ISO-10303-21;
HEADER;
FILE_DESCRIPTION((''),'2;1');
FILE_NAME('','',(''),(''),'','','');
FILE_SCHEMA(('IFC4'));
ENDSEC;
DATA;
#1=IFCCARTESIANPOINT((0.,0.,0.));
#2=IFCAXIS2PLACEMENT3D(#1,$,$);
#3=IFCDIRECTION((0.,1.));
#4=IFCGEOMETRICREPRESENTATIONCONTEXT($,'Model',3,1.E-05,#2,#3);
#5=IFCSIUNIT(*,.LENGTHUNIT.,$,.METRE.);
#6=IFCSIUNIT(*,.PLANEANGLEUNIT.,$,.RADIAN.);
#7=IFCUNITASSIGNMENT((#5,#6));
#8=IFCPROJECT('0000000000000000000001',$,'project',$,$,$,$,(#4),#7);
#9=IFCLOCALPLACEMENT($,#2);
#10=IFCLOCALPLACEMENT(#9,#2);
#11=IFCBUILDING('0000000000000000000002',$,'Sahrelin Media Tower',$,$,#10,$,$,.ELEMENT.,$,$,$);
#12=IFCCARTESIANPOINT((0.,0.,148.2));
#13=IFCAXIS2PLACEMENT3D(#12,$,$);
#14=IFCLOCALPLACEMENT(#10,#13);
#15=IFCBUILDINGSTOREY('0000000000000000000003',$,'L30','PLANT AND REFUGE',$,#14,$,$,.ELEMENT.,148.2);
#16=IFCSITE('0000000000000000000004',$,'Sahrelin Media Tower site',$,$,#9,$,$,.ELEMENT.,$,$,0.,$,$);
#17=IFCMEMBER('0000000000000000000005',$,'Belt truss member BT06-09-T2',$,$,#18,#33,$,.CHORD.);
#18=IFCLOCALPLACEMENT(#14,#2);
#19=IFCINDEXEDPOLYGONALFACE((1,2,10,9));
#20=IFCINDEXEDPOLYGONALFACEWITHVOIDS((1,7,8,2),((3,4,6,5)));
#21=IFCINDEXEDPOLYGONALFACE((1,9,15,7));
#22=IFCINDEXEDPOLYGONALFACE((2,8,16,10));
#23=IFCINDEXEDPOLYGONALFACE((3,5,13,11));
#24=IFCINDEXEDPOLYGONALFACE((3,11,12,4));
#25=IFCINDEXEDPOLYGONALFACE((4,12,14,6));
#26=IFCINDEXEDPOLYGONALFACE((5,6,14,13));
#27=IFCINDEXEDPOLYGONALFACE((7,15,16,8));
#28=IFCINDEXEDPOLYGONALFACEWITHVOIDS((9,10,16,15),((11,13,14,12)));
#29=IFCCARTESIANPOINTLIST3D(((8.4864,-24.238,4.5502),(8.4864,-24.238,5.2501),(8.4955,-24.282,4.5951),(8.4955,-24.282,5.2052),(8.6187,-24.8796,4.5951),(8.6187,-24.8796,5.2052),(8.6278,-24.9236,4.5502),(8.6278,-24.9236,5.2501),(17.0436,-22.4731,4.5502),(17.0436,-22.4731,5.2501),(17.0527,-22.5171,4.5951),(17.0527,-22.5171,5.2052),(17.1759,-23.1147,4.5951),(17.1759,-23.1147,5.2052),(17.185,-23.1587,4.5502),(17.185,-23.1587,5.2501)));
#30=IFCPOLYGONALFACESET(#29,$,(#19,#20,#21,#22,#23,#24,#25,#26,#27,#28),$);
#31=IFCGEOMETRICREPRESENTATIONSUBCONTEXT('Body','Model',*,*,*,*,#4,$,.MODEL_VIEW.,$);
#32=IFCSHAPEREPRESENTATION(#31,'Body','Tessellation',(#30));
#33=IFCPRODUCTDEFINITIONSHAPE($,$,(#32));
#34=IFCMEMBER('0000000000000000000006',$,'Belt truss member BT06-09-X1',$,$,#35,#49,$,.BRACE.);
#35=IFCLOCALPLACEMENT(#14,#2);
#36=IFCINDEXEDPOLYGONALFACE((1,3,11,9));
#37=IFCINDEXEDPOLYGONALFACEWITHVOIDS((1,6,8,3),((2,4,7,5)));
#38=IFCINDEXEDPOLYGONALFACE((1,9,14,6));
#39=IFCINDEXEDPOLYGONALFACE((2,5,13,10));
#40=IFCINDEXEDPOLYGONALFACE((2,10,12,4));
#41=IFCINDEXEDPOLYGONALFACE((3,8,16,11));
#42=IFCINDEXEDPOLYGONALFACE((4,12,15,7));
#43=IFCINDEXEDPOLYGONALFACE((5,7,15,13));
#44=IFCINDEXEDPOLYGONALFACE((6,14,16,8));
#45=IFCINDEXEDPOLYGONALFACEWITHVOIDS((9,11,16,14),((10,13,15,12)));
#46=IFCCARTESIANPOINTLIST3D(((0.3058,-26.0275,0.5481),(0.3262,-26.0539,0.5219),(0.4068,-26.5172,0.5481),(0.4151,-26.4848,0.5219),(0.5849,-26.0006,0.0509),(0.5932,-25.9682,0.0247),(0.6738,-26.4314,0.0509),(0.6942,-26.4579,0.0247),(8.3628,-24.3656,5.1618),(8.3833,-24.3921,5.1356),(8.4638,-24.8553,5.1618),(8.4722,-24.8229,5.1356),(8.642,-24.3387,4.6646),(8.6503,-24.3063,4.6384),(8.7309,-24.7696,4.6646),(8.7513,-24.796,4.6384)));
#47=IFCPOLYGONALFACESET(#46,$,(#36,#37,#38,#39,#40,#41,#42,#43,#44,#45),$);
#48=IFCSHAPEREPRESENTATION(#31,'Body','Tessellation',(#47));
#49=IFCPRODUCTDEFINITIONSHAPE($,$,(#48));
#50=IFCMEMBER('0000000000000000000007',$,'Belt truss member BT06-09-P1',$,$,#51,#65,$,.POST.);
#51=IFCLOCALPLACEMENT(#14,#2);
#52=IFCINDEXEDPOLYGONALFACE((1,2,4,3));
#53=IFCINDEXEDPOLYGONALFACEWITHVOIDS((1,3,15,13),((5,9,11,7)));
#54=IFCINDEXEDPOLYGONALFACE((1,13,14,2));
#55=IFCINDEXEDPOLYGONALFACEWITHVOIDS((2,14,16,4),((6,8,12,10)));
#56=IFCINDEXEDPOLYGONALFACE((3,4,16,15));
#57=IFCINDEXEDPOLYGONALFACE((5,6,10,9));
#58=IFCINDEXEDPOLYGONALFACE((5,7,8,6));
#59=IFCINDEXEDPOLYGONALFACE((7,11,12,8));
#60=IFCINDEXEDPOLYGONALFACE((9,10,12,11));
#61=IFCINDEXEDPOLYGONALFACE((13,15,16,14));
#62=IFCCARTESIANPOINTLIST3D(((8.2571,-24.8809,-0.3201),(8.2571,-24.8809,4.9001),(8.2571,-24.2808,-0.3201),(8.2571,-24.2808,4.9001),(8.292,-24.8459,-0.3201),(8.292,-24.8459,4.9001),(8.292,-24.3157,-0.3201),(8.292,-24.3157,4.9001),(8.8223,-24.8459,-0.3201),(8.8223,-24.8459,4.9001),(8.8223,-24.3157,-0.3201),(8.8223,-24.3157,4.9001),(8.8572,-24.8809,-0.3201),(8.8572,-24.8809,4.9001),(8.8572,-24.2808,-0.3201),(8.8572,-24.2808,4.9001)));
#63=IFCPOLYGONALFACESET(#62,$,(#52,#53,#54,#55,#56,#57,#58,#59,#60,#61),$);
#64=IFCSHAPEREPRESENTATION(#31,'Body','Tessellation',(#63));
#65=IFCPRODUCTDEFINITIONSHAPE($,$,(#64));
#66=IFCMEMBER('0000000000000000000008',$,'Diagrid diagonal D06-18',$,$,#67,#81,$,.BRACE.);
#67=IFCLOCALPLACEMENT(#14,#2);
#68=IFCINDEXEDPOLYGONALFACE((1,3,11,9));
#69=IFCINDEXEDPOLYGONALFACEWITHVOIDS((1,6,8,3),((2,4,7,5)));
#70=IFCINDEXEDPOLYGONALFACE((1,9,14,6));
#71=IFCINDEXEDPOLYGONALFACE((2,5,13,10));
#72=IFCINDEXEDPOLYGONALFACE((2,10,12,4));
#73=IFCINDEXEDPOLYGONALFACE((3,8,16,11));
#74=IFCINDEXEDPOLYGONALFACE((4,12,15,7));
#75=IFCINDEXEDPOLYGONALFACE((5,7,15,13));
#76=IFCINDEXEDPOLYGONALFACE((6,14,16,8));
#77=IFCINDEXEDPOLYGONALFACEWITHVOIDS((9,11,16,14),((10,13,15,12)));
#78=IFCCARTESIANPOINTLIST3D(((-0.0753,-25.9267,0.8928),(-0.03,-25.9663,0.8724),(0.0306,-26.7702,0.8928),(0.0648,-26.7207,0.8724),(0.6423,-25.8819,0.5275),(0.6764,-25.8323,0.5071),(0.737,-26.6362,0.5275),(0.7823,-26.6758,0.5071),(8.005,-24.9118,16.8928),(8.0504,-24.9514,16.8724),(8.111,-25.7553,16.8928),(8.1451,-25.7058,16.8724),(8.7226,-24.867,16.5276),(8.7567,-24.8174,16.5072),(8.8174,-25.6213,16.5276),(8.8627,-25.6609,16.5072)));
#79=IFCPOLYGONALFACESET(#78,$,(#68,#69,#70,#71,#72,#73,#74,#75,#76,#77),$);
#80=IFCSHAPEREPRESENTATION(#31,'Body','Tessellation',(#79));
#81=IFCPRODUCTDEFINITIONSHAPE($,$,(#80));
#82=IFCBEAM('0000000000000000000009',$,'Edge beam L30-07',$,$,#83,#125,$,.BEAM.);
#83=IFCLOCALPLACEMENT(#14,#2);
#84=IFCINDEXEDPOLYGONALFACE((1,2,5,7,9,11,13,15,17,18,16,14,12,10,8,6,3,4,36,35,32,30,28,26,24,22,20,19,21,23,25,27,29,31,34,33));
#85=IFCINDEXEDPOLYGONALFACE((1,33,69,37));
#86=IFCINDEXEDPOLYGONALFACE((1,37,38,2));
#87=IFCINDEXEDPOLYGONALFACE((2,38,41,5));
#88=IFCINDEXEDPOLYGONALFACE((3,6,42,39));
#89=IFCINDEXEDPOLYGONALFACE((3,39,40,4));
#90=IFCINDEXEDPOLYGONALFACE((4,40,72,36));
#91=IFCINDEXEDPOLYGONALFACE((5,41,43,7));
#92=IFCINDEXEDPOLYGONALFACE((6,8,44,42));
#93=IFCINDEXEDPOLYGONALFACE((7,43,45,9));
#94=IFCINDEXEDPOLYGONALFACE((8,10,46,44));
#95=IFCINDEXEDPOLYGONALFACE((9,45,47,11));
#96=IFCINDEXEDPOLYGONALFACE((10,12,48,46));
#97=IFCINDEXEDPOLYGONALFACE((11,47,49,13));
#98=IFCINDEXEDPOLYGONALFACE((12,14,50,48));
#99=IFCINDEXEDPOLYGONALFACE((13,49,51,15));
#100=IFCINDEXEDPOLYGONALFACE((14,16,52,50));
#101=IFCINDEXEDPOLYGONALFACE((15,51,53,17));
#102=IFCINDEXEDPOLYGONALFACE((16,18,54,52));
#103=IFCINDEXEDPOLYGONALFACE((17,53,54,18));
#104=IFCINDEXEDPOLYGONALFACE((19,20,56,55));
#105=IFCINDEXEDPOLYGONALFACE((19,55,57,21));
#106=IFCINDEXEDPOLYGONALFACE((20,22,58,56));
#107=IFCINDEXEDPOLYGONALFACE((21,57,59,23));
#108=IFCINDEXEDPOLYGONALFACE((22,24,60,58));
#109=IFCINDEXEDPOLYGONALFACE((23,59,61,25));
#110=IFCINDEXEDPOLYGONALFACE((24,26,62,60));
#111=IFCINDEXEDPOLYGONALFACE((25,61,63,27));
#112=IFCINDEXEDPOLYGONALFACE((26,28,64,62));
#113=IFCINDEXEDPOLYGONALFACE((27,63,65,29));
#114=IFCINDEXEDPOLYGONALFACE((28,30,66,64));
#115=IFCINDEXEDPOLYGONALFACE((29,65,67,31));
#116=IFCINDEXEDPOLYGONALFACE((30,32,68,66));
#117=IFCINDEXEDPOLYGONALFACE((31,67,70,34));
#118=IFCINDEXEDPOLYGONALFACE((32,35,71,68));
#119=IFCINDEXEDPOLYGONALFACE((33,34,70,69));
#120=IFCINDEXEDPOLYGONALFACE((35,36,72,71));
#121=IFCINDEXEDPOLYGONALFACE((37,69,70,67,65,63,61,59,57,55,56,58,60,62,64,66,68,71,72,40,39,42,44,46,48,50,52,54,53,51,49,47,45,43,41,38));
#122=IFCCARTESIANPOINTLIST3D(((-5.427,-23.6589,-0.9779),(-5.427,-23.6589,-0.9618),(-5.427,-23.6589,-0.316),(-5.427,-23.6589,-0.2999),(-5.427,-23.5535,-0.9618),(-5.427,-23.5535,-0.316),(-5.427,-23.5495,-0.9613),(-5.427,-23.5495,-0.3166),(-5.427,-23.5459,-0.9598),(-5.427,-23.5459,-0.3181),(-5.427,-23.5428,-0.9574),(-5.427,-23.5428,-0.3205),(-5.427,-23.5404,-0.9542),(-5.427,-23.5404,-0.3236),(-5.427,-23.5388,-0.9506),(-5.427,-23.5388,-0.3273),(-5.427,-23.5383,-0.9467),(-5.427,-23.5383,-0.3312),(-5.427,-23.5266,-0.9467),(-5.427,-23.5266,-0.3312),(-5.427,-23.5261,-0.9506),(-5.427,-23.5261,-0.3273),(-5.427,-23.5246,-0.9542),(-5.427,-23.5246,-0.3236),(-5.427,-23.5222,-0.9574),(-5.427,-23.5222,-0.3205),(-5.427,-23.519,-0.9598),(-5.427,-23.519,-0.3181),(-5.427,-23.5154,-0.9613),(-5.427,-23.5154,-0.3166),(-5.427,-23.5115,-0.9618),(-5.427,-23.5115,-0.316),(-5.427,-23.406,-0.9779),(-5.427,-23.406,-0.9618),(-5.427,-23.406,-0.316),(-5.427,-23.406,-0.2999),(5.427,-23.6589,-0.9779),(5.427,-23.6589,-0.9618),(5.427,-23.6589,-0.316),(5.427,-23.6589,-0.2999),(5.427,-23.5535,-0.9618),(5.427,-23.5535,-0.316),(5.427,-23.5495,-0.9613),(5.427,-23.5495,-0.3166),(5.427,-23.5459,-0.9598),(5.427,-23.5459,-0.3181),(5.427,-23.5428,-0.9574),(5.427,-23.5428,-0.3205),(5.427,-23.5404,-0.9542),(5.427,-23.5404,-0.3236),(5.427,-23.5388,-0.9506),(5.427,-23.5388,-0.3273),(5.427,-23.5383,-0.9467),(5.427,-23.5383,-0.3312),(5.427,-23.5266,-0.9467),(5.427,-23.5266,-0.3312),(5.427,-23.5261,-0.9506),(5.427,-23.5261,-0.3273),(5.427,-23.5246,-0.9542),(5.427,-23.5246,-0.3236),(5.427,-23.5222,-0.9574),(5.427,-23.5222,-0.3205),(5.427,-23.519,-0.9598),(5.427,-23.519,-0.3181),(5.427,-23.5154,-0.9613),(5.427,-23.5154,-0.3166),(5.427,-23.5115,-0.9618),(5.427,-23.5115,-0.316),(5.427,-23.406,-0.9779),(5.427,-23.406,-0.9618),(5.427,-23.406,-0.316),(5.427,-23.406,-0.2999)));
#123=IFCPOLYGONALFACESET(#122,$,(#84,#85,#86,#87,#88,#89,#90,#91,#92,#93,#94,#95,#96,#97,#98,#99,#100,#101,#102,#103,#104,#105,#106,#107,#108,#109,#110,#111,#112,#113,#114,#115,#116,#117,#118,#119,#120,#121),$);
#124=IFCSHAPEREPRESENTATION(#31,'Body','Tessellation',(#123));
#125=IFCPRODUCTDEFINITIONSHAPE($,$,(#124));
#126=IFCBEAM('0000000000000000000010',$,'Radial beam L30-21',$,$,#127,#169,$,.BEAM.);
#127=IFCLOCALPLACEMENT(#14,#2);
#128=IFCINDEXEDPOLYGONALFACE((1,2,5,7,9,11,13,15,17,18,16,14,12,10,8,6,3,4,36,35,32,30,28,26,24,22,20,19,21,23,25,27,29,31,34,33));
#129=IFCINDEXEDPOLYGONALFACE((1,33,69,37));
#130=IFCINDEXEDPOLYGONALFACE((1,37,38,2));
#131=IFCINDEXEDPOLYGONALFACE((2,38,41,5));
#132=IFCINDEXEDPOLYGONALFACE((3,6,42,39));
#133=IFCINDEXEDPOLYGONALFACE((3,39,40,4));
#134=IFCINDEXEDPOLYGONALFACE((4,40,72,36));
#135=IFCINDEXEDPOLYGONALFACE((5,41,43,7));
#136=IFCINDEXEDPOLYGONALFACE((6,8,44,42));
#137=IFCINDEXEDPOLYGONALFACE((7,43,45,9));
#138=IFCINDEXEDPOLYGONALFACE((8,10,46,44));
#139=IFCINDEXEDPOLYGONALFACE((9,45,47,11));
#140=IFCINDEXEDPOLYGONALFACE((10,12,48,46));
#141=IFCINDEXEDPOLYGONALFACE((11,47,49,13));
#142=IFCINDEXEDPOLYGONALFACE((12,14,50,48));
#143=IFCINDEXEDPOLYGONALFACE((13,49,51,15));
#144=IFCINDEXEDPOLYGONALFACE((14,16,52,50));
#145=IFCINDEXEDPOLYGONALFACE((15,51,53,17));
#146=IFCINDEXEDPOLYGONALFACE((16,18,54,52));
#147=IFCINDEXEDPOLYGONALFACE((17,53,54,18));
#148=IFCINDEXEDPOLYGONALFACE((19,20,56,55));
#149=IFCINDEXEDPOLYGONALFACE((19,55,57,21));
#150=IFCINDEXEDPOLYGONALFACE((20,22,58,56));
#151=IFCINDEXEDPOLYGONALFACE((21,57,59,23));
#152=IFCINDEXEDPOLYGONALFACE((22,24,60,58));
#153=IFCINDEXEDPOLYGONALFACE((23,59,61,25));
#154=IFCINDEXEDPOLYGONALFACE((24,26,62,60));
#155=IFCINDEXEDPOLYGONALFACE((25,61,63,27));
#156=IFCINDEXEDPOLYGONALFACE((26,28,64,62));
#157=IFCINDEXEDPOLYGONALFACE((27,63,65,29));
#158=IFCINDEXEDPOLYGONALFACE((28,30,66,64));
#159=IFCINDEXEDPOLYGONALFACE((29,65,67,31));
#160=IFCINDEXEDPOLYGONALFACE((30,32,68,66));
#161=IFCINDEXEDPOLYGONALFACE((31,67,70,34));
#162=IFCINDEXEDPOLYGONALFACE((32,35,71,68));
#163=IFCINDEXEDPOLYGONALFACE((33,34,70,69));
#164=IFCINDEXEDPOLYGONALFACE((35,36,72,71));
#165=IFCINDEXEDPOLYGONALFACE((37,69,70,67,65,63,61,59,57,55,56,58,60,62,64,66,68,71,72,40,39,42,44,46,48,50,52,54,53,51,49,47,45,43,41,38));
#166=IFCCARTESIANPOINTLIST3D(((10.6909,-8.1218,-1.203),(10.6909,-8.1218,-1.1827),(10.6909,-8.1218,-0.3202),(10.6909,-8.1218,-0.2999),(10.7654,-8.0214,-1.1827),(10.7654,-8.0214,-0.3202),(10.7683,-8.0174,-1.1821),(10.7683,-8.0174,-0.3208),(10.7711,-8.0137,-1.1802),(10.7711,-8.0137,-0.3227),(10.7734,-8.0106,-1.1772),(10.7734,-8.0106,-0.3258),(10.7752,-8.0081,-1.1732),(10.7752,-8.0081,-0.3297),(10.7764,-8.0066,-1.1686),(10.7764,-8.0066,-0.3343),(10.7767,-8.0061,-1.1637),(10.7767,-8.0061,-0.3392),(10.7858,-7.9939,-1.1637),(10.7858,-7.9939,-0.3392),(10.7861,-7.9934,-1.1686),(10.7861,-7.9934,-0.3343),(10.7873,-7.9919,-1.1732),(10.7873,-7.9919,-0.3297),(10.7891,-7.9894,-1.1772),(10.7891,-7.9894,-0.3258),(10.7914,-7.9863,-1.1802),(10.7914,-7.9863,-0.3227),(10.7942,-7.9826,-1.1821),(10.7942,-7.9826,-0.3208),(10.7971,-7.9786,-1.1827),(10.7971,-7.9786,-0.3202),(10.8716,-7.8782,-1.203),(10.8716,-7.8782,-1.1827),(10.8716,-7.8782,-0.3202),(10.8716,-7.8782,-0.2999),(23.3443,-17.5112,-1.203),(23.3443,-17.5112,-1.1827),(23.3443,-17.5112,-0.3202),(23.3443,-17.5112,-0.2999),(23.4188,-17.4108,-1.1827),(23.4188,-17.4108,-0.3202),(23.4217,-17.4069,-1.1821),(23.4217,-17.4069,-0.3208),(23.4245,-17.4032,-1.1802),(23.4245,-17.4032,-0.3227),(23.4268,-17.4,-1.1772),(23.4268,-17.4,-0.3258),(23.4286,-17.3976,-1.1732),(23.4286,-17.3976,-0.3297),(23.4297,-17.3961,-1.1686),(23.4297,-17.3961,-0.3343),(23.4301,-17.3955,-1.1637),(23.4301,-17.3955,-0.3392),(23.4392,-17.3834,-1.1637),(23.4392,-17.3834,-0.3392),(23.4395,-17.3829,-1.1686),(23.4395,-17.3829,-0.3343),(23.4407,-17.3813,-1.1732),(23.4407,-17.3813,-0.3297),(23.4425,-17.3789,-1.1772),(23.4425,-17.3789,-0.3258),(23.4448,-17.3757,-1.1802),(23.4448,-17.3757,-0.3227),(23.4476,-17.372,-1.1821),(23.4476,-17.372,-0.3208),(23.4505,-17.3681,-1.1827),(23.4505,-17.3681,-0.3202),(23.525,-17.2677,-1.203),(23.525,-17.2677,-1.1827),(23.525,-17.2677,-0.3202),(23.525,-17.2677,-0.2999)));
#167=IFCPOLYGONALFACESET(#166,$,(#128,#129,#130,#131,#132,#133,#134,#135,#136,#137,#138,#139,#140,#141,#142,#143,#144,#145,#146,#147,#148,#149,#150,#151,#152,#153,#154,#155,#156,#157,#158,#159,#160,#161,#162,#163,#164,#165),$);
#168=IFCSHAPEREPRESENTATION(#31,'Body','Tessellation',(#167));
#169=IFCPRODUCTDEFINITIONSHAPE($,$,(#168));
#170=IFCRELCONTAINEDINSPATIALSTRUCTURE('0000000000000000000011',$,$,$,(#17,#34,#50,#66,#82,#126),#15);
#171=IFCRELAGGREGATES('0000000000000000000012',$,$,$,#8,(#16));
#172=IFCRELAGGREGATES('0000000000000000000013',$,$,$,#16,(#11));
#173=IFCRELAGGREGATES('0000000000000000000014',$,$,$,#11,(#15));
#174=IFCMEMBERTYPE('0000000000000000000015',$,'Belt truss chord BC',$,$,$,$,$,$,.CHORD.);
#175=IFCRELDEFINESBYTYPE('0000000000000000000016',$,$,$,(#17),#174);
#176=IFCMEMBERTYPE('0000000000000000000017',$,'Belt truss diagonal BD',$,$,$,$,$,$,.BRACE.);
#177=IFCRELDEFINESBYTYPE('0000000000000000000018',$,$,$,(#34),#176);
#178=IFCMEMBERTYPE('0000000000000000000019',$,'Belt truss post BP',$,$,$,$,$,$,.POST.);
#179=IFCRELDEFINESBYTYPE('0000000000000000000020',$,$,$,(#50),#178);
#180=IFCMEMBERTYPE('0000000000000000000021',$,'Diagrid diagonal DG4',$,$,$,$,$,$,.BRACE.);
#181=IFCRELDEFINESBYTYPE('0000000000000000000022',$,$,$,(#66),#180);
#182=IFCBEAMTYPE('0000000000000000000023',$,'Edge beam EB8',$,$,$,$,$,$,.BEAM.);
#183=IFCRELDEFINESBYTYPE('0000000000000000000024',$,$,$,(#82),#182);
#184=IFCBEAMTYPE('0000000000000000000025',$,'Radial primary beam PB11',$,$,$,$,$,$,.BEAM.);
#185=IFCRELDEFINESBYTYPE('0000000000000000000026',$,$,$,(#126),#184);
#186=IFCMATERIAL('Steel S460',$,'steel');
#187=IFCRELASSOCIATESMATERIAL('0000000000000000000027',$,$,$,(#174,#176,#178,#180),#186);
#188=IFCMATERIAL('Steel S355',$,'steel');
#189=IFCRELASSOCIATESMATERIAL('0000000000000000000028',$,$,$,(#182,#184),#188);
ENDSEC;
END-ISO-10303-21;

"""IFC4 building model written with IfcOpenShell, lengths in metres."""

from ifc_helpers import new_model, si_unit, direction, frame, origin, origin_2d, place, context, subcontext, project, spatial, hollow_rectangle, i_section, extrude, material, material_profile, profile_set, type_object, element, save


model = new_model("IFC4")

# Units and contexts
model_context = context("Model", 3, precision=1e-05, world=origin(), true_north=direction((0.0, 1.0)))
body_context = subcontext(model_context, "Body", "Model", "MODEL_VIEW")
ifc_project = project(units=[si_unit("LENGTHUNIT", "METRE"), si_unit("PLANEANGLEUNIT", "RADIAN")], contexts=[model_context])

# Site, building, storey
site_placement = place(None, origin())
site = spatial("IfcSite", under=ifc_project, at=site_placement, Name="Sahrelin Media Tower site", CompositionType="ELEMENT", RefElevation=0.0)
building_placement = place(site_placement, origin())
building = spatial("IfcBuilding", under=site, at=building_placement, Name="Sahrelin Media Tower", CompositionType="ELEMENT")
storey_placement = place(building_placement, frame((0.0, 0.0, 148.2)))
storey = spatial("IfcBuildingStorey", under=building, at=storey_placement, Name="L30", Description="PLANT AND REFUGE", CompositionType="ELEMENT", Elevation=148.2)

# Members
ifc_material_1 = material(Name="Steel S460", Category="steel")
ifc_material_profile_1 = material_profile(ifc_material_1, hollow_rectangle(XDim=0.7, YDim=0.7, WallThickness=0.0449, at=origin_2d()), Name="Belt truss chord BC")
ifc_profile_set_1 = profile_set([ifc_material_profile_1], Name="Steel S460")
member_type_1 = type_object("IfcMemberType", Name="Belt truss chord BC", PredefinedType="CHORD", material=ifc_profile_set_1)
member_1_placement = place(storey_placement, frame((8.5571, -24.5808, 4.9001), z_axis=(0.979386, 0.201997, 0.0), x_axis=(-0.201997, 0.979386, 0.0)))
element("IfcMember", 1, at=member_1_placement, inside=storey, type_object=member_type_1, Name="Belt truss member BT06-09-T2", PredefinedType="CHORD", context=body_context, shape_type="SweptSolid", body=[
    extrude(hollow_rectangle(XDim=0.7, YDim=0.7, WallThickness=0.0449, at=origin_2d()), origin(), (0.0, 0.0, 1.0), 8.7373),
])
ifc_material_profile_2 = material_profile(ifc_material_1, hollow_rectangle(XDim=0.5, YDim=0.6001, WallThickness=0.03, at=origin_2d()), Name="Belt truss diagonal BD")
ifc_profile_set_2 = profile_set([ifc_material_profile_2], Name="Steel S460")
member_type_2 = type_object("IfcMemberType", Name="Belt truss diagonal BD", PredefinedType="BRACE", material=ifc_profile_set_2)
member_2_placement = place(storey_placement, frame((0.5, -26.2427, 0.2864), z_axis=(0.854217, 0.176191, 0.489152), x_axis=(-0.202008, 0.979384, 0.0)))
element("IfcMember", 2, at=member_2_placement, inside=storey, type_object=member_type_2, Name="Belt truss member BT06-09-X1", PredefinedType="BRACE", context=body_context, shape_type="SweptSolid", body=[
    extrude(hollow_rectangle(XDim=0.5, YDim=0.6001, WallThickness=0.03, at=origin_2d()), origin(), (0.0, 0.0, 1.0), 9.4321),
])
ifc_material_profile_3 = material_profile(ifc_material_1, hollow_rectangle(XDim=0.6001, YDim=0.6001, WallThickness=0.0349, at=origin_2d()), Name="Belt truss post BP")
ifc_profile_set_3 = profile_set([ifc_material_profile_3], Name="Steel S460")
member_type_3 = type_object("IfcMemberType", Name="Belt truss post BP", PredefinedType="POST", material=ifc_profile_set_3)
member_3_placement = place(storey_placement, frame((8.5571, -24.5808, -0.3201), z_axis=(0.0, 0.0, 1.0), x_axis=(1.0, 0.0, 0.0)))
element("IfcMember", 3, at=member_3_placement, inside=storey, type_object=member_type_3, Name="Belt truss member BT06-09-P1", PredefinedType="POST", context=body_context, shape_type="SweptSolid", body=[
    extrude(hollow_rectangle(XDim=0.6001, YDim=0.6001, WallThickness=0.0349, at=origin_2d()), origin(), (0.0, 0.0, 1.0), 5.2202),
])
ifc_material_profile_4 = material_profile(ifc_material_1, hollow_rectangle(XDim=0.8501, YDim=0.8501, WallThickness=0.0449, at=origin_2d()), Name="Diagrid diagonal DG4")
ifc_profile_set_4 = profile_set([ifc_material_profile_4], Name="Steel S460")
member_type_4 = type_object("IfcMemberType", Name="Diagrid diagonal DG4", PredefinedType="BRACE", material=ifc_profile_set_4)
member_4_placement = place(storey_placement, frame((0.3535, -26.3013, 0.7), z_axis=(0.450074, 0.05653, 0.8912), x_axis=(-0.124621, 0.992204, 0.0)))
element("IfcMember", 4, at=member_4_placement, inside=storey, type_object=member_type_4, Name="Diagrid diagonal D06-18", PredefinedType="BRACE", context=body_context, shape_type="SweptSolid", body=[
    extrude(hollow_rectangle(XDim=0.8501, YDim=0.8501, WallThickness=0.0449, at=origin_2d()), origin(), (0.0, 0.0, 1.0), 17.9534),
])

# Beams
ifc_material_2 = material(Name="Steel S355", Category="steel")
ifc_material_profile_5 = material_profile(ifc_material_2, i_section(OverallWidth=0.2529, OverallDepth=0.678, WebThickness=0.0117, FlangeThickness=0.0161, FilletRadius=0.0151, at=origin_2d()), Name="UB 686x254x125")
ifc_profile_set_5 = profile_set([ifc_material_profile_5], Name="Steel S355")
beam_type_1 = type_object("IfcBeamType", Name="Edge beam EB8", PredefinedType="BEAM", material=ifc_profile_set_5)
beam_1_placement = place(storey_placement, frame((5.427, -23.5325, -0.6389), z_axis=(-1.0, 0.0, 0.0), x_axis=(0.0, -1.0, 0.0)))
element("IfcBeam", 5, at=beam_1_placement, inside=storey, type_object=beam_type_1, Name="Edge beam L30-07", PredefinedType="BEAM", context=body_context, shape_type="SweptSolid", body=[
    extrude(i_section(OverallWidth=0.2529, OverallDepth=0.678, WebThickness=0.0117, FlangeThickness=0.0161, FilletRadius=0.0151, at=origin_2d()), origin(), (0.0, 0.0, 1.0), 10.854),
])
ifc_material_profile_6 = material_profile(ifc_material_2, i_section(OverallWidth=0.3032, OverallDepth=0.9031, WebThickness=0.0151, FlangeThickness=0.0203, FilletRadius=0.019, at=origin_2d()), Name="UB 914x305x201")
ifc_profile_set_6 = profile_set([ifc_material_profile_6], Name="Steel S355")
beam_type_2 = type_object("IfcBeamType", Name="Radial primary beam PB11", PredefinedType="BEAM", material=ifc_profile_set_6)
beam_2_placement = place(storey_placement, frame((10.7812, -8.0, -0.7515), z_axis=(0.803054, -0.595907, 0.0), x_axis=(0.595907, 0.803054, 0.0)))
element("IfcBeam", 6, at=beam_2_placement, inside=storey, type_object=beam_type_2, Name="Radial beam L30-21", PredefinedType="BEAM", context=body_context, shape_type="SweptSolid", body=[
    extrude(i_section(OverallWidth=0.3032, OverallDepth=0.9031, WebThickness=0.0151, FlangeThickness=0.0203, FilletRadius=0.019, at=origin_2d()), origin(), (0.0, 0.0, 1.0), 15.7566),
])

save(model, "model.ifc")
